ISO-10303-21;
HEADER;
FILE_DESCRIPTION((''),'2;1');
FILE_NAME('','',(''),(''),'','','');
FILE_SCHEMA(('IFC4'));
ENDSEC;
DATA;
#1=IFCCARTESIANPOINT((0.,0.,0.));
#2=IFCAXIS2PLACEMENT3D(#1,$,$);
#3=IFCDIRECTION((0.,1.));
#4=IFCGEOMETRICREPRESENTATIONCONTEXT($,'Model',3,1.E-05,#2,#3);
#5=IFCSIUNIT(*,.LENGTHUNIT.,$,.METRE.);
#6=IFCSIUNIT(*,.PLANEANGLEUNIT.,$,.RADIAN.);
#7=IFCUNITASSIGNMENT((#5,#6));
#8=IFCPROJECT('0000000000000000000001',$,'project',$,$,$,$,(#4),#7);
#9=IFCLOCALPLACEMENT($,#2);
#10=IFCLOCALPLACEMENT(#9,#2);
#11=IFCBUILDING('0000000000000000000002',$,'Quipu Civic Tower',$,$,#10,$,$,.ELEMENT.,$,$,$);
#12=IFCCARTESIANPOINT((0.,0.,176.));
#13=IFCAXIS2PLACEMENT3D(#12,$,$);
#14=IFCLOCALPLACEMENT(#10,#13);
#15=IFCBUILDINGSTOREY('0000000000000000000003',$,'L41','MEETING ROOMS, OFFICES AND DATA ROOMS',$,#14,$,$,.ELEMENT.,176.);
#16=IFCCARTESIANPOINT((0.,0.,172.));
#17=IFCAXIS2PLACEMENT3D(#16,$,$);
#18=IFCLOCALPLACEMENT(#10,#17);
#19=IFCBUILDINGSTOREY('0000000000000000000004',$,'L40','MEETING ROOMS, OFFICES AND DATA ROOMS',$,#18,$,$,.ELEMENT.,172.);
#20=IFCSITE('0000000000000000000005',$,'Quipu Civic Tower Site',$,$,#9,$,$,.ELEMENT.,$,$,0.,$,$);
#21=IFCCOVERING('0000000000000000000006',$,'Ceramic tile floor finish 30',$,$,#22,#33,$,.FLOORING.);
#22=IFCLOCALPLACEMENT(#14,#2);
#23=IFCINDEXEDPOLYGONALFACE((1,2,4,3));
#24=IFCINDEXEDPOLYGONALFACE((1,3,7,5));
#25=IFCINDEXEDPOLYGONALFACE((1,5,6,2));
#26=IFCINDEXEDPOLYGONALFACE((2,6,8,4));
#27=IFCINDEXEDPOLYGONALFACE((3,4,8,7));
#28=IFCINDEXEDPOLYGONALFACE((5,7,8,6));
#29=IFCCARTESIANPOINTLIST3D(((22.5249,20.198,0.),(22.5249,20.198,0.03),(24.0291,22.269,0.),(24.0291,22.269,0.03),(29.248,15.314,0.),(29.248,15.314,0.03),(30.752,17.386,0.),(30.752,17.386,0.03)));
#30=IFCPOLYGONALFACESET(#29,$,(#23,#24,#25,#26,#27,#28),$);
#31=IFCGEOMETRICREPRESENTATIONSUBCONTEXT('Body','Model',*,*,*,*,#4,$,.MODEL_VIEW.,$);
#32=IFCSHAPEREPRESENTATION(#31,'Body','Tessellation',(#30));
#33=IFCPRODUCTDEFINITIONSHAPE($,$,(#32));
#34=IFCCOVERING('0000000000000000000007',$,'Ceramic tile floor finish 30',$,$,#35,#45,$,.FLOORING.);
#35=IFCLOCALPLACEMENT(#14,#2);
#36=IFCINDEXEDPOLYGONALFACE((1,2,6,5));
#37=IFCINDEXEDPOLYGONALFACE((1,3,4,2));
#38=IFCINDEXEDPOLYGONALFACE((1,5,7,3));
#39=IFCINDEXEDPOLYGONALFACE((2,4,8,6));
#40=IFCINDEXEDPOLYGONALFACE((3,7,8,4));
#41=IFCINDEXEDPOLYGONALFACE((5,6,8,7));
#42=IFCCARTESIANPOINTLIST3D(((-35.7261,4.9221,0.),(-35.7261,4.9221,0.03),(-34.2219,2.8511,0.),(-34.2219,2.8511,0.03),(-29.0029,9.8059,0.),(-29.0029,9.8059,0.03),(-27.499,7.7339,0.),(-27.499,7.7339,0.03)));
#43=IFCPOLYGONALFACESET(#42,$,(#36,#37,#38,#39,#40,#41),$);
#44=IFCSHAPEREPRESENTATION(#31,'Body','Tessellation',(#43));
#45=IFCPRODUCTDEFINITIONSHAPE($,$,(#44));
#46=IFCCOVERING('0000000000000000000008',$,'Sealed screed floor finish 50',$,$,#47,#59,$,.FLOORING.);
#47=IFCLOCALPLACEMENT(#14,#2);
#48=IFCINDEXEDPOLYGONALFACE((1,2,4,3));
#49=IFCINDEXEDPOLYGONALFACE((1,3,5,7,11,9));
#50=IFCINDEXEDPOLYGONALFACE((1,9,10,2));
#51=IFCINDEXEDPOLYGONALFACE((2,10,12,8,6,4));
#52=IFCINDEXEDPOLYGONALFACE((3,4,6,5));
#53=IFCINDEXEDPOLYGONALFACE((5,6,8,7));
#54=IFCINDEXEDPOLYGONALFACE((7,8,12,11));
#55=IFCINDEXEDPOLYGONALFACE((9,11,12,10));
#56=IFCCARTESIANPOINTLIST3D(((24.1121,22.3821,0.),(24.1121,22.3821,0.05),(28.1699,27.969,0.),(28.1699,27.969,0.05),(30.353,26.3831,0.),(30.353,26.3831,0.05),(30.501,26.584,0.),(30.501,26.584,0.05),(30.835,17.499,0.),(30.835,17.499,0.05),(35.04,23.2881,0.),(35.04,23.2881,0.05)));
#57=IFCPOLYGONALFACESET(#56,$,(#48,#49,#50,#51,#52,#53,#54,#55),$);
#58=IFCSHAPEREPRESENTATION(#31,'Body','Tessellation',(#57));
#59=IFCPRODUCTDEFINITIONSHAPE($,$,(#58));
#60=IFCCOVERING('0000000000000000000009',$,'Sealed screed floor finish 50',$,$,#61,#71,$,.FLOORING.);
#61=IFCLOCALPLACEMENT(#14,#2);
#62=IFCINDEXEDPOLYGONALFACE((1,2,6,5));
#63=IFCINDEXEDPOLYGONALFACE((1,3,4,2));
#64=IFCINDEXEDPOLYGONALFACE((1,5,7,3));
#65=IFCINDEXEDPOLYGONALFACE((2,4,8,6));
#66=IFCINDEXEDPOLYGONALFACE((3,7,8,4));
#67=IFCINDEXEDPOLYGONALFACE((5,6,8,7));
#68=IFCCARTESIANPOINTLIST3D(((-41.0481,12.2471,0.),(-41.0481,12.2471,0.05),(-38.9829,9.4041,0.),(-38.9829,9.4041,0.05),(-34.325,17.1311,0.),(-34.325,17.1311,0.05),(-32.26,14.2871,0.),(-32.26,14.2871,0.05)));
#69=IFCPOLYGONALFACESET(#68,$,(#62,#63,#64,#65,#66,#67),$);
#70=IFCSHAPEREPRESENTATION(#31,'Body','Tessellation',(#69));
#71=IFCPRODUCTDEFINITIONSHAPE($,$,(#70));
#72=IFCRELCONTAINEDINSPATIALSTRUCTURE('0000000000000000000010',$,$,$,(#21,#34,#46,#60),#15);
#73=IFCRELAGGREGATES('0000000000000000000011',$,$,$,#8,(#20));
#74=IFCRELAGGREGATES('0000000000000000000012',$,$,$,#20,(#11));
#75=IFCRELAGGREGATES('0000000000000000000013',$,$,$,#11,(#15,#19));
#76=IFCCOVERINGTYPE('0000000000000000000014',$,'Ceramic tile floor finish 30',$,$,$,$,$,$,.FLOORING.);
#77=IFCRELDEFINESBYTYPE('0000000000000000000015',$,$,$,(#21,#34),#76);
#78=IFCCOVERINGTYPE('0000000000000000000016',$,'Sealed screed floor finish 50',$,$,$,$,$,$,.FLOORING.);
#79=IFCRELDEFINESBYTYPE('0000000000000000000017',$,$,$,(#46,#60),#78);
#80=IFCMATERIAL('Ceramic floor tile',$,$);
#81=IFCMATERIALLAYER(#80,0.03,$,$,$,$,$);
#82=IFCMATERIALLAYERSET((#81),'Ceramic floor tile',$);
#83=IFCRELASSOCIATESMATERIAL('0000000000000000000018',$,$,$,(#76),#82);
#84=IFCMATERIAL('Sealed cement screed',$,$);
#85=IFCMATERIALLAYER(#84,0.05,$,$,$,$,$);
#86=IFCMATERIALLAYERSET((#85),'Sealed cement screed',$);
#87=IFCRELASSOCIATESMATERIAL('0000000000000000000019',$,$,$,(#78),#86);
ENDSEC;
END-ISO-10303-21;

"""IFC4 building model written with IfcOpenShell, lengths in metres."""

from ifc_helpers import new_model, si_unit, direction, frame, origin, place, context, subcontext, project, spatial, polyline, outline, extrude, material, layer, layer_set, type_object, element, save


model = new_model("IFC4")

# Units and contexts
model_context = context("Model", 3, precision=1e-05, world=origin(), true_north=direction((0.0, 1.0)))
body_context = subcontext(model_context, "Body", "Model", "MODEL_VIEW")
ifc_project = project(units=[si_unit("LENGTHUNIT", "METRE"), si_unit("PLANEANGLEUNIT", "RADIAN")], contexts=[model_context])

# Site, building, storey
site_placement = place(None, origin())
site = spatial("IfcSite", under=ifc_project, at=site_placement, Name="Quipu Civic Tower Site", CompositionType="ELEMENT", RefElevation=0.0)
building_placement = place(site_placement, origin())
building = spatial("IfcBuilding", under=site, at=building_placement, Name="Quipu Civic Tower", CompositionType="ELEMENT")
storey_1_placement = place(building_placement, frame((0.0, 0.0, 176.0)))
storey_1 = spatial("IfcBuildingStorey", under=building, at=storey_1_placement, Name="L41", Description="MEETING ROOMS, OFFICES AND DATA ROOMS", CompositionType="ELEMENT", Elevation=176.0)

# Shared definitions
storey_2_placement = place(building_placement, frame((0.0, 0.0, 172.0)))
storey_2 = spatial("IfcBuildingStorey", under=building, at=storey_2_placement, Name="L40", Description="MEETING ROOMS, OFFICES AND DATA ROOMS", CompositionType="ELEMENT", Elevation=172.0)

# Coverings
ifc_material_1 = material(Name="Ceramic floor tile")
ifc_layer_1 = layer(ifc_material_1, 0.03)
ifc_layer_set_1 = layer_set([ifc_layer_1], Name="Ceramic floor tile")
covering_type_1 = type_object("IfcCoveringType", Name="Ceramic tile floor finish 30", PredefinedType="FLOORING", material=ifc_layer_set_1)
covering_1_placement = place(storey_1_placement, origin())
element("IfcCovering", 1, at=covering_1_placement, inside=storey_1, type_object=covering_type_1, Name="Ceramic tile floor finish 30", PredefinedType="FLOORING", context=body_context, shape_type="SweptSolid", body=[
    extrude(outline(polyline([(22.5249, 20.198), (24.0291, 22.269), (30.752, 17.386), (29.248, 15.314), (22.5249, 20.198)])), origin(), (0.0, 0.0, 1.0), 0.03),
])
covering_2_placement = place(storey_1_placement, origin())
element("IfcCovering", 2, at=covering_2_placement, inside=storey_1, type_object=covering_type_1, Name="Ceramic tile floor finish 30", PredefinedType="FLOORING", context=body_context, shape_type="SweptSolid", body=[
    extrude(outline(polyline([(-35.7261, 4.9221), (-29.0029, 9.8059), (-27.499, 7.7339), (-34.2219, 2.8511), (-35.7261, 4.9221)])), origin(), (0.0, 0.0, 1.0), 0.03),
])
ifc_material_2 = material(Name="Sealed cement screed")
ifc_layer_2 = layer(ifc_material_2, 0.05)
ifc_layer_set_2 = layer_set([ifc_layer_2], Name="Sealed cement screed")
covering_type_2 = type_object("IfcCoveringType", Name="Sealed screed floor finish 50", PredefinedType="FLOORING", material=ifc_layer_set_2)
covering_3_placement = place(storey_1_placement, origin())
element("IfcCovering", 3, at=covering_3_placement, inside=storey_1, type_object=covering_type_2, Name="Sealed screed floor finish 50", PredefinedType="FLOORING", context=body_context, shape_type="SweptSolid", body=[
    extrude(outline(polyline([(24.1121, 22.3821), (28.1699, 27.969), (30.353, 26.3831), (30.501, 26.584), (35.04, 23.2881), (30.835, 17.499), (24.1121, 22.3821)])), origin(), (0.0, 0.0, 1.0), 0.05),
])
covering_4_placement = place(storey_1_placement, origin())
element("IfcCovering", 4, at=covering_4_placement, inside=storey_1, type_object=covering_type_2, Name="Sealed screed floor finish 50", PredefinedType="FLOORING", context=body_context, shape_type="SweptSolid", body=[
    extrude(outline(polyline([(-41.0481, 12.2471), (-34.325, 17.1311), (-32.26, 14.2871), (-38.9829, 9.4041), (-41.0481, 12.2471)])), origin(), (0.0, 0.0, 1.0), 0.05),
])

save(model, "model.ifc")
